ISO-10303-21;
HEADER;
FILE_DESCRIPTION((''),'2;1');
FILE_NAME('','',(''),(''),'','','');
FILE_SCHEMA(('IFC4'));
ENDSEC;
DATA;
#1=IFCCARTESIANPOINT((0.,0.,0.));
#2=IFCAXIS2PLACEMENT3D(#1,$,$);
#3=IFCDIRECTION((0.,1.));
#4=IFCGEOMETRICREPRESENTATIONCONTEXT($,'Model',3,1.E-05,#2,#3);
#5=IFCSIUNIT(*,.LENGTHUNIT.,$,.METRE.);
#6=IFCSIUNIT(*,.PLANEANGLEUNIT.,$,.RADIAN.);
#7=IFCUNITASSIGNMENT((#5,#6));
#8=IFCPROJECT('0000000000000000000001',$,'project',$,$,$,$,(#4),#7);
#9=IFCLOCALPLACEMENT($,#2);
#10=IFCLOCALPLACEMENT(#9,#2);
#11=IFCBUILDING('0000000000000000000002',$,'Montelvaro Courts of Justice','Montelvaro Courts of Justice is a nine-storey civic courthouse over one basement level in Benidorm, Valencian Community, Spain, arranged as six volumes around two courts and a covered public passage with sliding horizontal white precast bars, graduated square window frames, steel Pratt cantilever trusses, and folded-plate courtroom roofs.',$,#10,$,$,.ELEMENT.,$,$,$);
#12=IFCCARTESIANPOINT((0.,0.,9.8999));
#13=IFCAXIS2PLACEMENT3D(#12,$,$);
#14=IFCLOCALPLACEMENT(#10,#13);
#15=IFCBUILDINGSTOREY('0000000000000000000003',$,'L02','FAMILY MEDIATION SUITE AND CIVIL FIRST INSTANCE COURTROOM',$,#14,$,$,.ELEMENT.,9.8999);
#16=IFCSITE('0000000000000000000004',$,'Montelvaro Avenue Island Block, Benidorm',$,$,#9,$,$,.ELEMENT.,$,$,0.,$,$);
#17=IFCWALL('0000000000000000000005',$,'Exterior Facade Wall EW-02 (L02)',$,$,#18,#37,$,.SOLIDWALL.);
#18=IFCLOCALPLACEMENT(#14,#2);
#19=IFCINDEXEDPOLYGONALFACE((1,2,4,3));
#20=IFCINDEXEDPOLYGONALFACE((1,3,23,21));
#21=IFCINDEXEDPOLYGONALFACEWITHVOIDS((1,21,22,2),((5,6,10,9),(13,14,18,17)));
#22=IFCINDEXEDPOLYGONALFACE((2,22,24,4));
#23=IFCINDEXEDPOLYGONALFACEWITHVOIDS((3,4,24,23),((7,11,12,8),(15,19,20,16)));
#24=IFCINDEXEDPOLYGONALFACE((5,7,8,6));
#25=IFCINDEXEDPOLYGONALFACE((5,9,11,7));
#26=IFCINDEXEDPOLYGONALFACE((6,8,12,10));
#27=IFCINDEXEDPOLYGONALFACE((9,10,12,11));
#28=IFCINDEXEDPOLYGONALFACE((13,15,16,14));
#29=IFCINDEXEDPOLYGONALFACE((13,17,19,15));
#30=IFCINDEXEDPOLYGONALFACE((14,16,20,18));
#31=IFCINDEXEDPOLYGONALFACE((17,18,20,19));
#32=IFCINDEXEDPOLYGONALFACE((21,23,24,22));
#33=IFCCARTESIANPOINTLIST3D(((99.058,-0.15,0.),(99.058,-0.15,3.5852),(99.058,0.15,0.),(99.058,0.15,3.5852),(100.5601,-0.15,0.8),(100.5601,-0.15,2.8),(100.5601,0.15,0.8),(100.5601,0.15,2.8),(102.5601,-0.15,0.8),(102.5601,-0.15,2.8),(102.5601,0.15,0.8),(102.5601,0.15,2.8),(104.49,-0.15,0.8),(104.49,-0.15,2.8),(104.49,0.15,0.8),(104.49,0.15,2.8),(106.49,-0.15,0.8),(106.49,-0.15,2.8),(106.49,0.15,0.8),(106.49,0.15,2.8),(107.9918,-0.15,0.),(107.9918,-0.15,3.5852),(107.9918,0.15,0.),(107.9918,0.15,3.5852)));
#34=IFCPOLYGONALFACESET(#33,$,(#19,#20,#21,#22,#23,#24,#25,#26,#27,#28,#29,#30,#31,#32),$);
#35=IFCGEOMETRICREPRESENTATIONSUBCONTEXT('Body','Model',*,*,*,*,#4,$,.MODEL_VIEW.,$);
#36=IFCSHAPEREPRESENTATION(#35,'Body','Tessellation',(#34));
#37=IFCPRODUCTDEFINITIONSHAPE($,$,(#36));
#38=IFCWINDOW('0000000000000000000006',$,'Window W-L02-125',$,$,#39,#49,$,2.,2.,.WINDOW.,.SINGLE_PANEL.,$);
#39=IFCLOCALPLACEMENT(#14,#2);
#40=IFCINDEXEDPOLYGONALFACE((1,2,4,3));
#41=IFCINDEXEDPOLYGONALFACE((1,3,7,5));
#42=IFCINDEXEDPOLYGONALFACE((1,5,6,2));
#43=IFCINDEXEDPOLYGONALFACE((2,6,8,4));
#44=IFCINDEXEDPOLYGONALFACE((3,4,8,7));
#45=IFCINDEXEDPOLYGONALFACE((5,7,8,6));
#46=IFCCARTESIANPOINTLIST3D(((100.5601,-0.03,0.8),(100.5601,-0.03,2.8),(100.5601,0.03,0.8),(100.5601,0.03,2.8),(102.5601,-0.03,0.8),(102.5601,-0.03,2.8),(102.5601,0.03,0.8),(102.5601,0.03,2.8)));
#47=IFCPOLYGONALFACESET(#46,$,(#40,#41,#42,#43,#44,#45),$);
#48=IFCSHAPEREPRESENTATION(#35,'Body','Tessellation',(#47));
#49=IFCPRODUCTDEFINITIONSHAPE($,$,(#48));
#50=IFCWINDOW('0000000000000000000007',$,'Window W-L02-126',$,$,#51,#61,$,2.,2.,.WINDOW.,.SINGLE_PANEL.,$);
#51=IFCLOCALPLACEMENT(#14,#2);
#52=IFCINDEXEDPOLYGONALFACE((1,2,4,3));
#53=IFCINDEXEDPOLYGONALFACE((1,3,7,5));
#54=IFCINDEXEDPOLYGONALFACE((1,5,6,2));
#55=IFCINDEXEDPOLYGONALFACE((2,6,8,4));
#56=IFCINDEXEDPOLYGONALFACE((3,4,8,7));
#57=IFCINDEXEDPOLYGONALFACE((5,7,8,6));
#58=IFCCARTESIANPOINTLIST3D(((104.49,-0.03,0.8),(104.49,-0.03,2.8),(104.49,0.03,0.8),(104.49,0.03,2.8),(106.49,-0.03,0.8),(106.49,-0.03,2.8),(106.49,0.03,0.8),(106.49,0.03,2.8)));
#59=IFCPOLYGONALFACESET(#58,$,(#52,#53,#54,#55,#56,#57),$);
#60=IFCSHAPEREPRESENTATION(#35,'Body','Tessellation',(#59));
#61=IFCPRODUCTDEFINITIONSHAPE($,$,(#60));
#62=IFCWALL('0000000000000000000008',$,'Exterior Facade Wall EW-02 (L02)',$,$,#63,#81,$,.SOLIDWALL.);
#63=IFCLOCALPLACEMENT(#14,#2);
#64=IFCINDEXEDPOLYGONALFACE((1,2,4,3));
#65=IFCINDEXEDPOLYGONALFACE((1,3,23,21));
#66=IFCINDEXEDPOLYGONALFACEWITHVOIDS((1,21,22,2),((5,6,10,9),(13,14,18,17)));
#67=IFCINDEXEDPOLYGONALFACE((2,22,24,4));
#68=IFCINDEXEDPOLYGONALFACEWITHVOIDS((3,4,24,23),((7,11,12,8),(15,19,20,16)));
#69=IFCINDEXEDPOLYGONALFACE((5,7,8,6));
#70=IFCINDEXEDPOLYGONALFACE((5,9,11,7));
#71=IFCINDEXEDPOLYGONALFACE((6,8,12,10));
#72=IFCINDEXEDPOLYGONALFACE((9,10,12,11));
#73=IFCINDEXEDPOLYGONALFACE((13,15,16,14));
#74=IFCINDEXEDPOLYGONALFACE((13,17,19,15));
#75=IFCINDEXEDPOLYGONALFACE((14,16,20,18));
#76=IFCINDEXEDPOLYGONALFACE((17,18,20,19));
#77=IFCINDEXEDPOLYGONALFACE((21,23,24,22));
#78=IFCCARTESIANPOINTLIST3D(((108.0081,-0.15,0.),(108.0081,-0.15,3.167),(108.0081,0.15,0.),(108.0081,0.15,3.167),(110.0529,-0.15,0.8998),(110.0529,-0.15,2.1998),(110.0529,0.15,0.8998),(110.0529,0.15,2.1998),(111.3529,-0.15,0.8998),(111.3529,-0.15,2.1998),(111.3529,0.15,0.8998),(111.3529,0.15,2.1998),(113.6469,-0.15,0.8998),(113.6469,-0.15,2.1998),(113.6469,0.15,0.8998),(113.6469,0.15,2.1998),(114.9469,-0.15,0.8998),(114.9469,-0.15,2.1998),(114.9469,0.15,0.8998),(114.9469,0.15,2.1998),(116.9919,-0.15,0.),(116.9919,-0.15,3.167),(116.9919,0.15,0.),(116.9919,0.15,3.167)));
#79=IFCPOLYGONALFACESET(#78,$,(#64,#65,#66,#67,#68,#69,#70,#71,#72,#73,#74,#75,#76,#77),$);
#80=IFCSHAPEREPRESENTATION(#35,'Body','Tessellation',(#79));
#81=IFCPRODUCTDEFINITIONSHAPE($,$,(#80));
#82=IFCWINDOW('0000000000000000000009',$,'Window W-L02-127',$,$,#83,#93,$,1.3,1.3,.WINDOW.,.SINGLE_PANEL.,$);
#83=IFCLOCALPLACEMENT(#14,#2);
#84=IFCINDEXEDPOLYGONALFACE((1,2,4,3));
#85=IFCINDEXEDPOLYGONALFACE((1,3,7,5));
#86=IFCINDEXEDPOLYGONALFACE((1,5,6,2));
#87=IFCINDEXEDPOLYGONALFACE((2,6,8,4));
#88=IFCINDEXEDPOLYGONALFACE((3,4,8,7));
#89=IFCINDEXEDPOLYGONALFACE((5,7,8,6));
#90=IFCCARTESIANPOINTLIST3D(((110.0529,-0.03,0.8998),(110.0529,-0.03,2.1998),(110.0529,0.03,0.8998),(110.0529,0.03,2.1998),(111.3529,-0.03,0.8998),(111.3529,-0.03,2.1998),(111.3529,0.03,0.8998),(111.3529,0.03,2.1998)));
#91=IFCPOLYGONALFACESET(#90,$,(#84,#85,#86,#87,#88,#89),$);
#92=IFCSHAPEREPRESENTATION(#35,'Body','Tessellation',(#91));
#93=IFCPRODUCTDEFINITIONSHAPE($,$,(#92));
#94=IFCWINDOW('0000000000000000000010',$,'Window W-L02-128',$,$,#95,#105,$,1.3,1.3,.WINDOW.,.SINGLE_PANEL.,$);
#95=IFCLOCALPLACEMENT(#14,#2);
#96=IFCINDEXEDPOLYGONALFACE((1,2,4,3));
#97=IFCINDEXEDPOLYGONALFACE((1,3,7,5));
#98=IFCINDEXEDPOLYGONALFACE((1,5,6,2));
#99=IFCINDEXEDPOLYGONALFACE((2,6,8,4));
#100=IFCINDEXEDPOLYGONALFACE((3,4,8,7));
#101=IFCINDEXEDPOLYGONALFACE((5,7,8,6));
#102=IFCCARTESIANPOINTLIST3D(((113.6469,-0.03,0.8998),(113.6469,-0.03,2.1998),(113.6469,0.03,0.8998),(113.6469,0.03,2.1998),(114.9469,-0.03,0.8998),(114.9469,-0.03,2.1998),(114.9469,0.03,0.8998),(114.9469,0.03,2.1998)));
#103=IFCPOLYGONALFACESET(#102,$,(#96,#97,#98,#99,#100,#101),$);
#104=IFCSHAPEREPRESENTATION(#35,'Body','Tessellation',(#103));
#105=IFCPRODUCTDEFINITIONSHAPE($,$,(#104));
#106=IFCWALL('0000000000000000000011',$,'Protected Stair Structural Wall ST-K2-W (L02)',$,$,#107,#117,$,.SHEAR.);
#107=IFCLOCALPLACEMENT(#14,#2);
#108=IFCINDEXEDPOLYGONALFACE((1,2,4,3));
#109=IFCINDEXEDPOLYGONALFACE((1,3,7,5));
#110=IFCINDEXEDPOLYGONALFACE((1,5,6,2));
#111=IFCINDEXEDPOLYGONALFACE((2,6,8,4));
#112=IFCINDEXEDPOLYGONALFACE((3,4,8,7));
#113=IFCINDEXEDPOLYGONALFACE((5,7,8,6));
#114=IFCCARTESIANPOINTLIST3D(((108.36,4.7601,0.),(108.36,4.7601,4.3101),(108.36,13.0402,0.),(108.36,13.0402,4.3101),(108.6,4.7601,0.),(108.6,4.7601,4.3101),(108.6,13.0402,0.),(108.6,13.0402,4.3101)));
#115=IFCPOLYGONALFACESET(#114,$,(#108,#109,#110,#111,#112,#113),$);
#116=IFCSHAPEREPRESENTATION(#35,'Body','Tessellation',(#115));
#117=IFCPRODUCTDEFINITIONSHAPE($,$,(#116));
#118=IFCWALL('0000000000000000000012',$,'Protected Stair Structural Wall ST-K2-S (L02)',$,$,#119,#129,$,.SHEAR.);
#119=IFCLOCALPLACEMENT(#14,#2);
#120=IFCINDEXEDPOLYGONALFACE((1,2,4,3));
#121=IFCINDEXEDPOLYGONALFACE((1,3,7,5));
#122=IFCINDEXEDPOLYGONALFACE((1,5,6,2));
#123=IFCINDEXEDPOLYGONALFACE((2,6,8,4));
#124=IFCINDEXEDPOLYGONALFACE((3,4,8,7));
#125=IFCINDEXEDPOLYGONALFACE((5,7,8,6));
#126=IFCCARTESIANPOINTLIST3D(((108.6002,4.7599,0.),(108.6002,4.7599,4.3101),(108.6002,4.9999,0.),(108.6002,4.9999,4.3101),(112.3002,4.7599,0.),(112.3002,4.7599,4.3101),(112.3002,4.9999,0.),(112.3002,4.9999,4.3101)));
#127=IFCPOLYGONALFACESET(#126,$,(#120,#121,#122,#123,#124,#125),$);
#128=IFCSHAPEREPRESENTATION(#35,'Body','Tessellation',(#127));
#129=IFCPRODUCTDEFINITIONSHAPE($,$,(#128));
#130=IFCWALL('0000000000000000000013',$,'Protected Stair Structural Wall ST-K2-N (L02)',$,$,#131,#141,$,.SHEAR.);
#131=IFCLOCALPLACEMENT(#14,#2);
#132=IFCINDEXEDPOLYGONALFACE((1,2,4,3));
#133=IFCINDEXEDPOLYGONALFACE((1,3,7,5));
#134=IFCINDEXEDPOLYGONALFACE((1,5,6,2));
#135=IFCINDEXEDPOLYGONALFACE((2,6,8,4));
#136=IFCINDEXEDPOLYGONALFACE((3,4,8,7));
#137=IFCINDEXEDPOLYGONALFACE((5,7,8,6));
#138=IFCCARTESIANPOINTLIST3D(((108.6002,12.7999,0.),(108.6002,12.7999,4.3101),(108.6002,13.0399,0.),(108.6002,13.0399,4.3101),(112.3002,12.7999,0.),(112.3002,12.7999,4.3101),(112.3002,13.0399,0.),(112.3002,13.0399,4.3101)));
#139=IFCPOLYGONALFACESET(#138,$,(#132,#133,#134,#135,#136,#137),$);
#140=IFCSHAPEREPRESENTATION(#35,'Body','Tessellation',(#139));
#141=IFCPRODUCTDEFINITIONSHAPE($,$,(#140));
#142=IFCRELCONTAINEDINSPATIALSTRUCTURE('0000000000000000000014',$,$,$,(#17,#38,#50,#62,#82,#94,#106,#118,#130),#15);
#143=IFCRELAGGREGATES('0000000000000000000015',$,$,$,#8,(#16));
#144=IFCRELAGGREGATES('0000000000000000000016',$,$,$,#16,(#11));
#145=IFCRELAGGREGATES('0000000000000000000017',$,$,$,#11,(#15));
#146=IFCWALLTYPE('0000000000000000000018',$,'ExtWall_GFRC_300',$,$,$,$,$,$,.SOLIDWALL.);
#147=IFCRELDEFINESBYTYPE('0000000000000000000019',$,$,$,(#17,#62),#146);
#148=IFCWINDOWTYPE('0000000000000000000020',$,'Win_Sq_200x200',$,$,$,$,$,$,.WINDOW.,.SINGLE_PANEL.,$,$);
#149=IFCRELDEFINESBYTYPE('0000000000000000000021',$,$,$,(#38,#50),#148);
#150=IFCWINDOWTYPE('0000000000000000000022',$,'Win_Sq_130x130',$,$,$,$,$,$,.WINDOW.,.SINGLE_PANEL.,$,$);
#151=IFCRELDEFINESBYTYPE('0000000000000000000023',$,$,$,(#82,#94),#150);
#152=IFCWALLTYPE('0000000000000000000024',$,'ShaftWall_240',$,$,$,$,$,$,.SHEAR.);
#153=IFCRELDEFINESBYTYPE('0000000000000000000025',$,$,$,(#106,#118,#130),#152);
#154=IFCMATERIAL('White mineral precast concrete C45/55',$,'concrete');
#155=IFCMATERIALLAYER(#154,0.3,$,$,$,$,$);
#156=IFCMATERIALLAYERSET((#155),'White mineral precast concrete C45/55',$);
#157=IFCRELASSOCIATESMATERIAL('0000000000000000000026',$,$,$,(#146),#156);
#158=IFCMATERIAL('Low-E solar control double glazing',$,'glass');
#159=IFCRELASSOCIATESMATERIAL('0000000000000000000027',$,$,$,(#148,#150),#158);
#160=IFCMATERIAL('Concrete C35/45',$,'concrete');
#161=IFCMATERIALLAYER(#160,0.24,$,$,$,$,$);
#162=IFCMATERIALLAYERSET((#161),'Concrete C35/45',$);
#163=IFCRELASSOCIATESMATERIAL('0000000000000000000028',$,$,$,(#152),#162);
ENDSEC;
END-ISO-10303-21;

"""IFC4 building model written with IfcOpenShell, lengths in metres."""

from ifc_helpers import new_model, si_unit, direction, frame, frame_2d, origin, place, context, subcontext, project, spatial, rectangle, extrude, material, layer, layer_set, type_object, element, fill, save


model = new_model("IFC4")

# Units and contexts
model_context = context("Model", 3, precision=1e-05, world=origin(), true_north=direction((0.0, 1.0)))
body_context = subcontext(model_context, "Body", "Model", "MODEL_VIEW")
ifc_project = project(units=[si_unit("LENGTHUNIT", "METRE"), si_unit("PLANEANGLEUNIT", "RADIAN")], contexts=[model_context])

# Site, building, storey
site_placement = place(None, origin())
site = spatial("IfcSite", under=ifc_project, at=site_placement, Name="Montelvaro Avenue Island Block, Benidorm", CompositionType="ELEMENT", RefElevation=0.0)
building_placement = place(site_placement, origin())
building = spatial("IfcBuilding", under=site, at=building_placement, Name="Montelvaro Courts of Justice", Description="Montelvaro Courts of Justice is a nine-storey civic courthouse over one basement level in Benidorm, Valencian Community, Spain, arranged as six volumes around two courts and a covered public passage with sliding horizontal white precast bars, graduated square window frames, steel Pratt cantilever trusses, and folded-plate courtroom roofs.", CompositionType="ELEMENT")
storey_placement = place(building_placement, frame((0.0, 0.0, 9.8999)))
storey = spatial("IfcBuildingStorey", under=building, at=storey_placement, Name="L02", Description="FAMILY MEDIATION SUITE AND CIVIL FIRST INSTANCE COURTROOM", CompositionType="ELEMENT", Elevation=9.8999)

# Shared definitions
ifc_material_1 = material(Name="White mineral precast concrete C45/55", Category="concrete")

# Walls, openings, windows
ifc_layer_1 = layer(ifc_material_1, 0.3)
ifc_layer_set_1 = layer_set([ifc_layer_1], Name="White mineral precast concrete C45/55")
wall_type_1 = type_object("IfcWallType", Name="ExtWall_GFRC_300", PredefinedType="SOLIDWALL", material=ifc_layer_set_1)
wall_1_placement = place(storey_placement, frame((99.0581, 0.0, 0.0), z_axis=(0.0, 0.0, 1.0), x_axis=(1.0, 0.0, 0.0)))
wall_1 = element("IfcWall", 1, at=wall_1_placement, inside=storey, type_object=wall_type_1, Name="Exterior Facade Wall EW-02 (L02)", PredefinedType="SOLIDWALL", context=body_context, shape_type="SweptSolid", body=[
    extrude(rectangle(XDim=8.9338, YDim=0.3, at=frame_2d((4.4668, 0.0))), origin(), (0.0, 0.0, 1.0), 3.5852),
])
opening_1_placement = place(wall_1_placement, frame((1.502, 0.0, 0.8)))
opening_1 = element("IfcOpeningElement", 2, at=opening_1_placement, cuts=wall_1, PredefinedType="OPENING", context=body_context, shape_type="SweptSolid", body=[
    extrude(rectangle(XDim=2.0, YDim=2.0, at=frame_2d((1.0, 1.0))), frame((0.0, 0.165, 0.0), z_axis=(0.0, -1.0, 0.0), x_axis=(1.0, 0.0, 0.0)), (0.0, 0.0, 1.0), 0.3298),
])
opening_2_placement = place(wall_1_placement, frame((5.4319, 0.0, 0.8)))
opening_2 = element("IfcOpeningElement", 3, at=opening_2_placement, cuts=wall_1, PredefinedType="OPENING", context=body_context, shape_type="SweptSolid", body=[
    extrude(rectangle(XDim=2.0, YDim=2.0, at=frame_2d((1.0, 1.0))), frame((0.0, 0.165, 0.0), z_axis=(0.0, -1.0, 0.0), x_axis=(1.0, 0.0, 0.0)), (0.0, 0.0, 1.0), 0.3298),
])
ifc_material_2 = material(Name="Low-E solar control double glazing", Category="glass")
window_type_1 = type_object("IfcWindowType", Name="Win_Sq_200x200", PartitioningType="SINGLE_PANEL", PredefinedType="WINDOW", material=ifc_material_2)
window_1_placement = place(opening_1_placement, origin())
window_1 = element("IfcWindow", 4, at=window_1_placement, inside=storey, type_object=window_type_1, Name="Window W-L02-125", OverallHeight=2.0, OverallWidth=2.0, PartitioningType="SINGLE_PANEL", PredefinedType="WINDOW", context=body_context, shape_type="SweptSolid", body=[
    extrude(rectangle(XDim=2.0, YDim=2.0, at=frame_2d((1.0, 1.0))), frame((0.0, 0.03, 0.0), z_axis=(0.0, -1.0, 0.0), x_axis=(1.0, 0.0, 0.0)), (0.0, 0.0, 1.0), 0.0601),
])
fill(opening_1, window_1)
window_2_placement = place(opening_2_placement, origin())
window_2 = element("IfcWindow", 5, at=window_2_placement, inside=storey, type_object=window_type_1, Name="Window W-L02-126", OverallHeight=2.0, OverallWidth=2.0, PartitioningType="SINGLE_PANEL", PredefinedType="WINDOW", context=body_context, shape_type="SweptSolid", body=[
    extrude(rectangle(XDim=2.0, YDim=2.0, at=frame_2d((1.0, 1.0))), frame((0.0, 0.03, 0.0), z_axis=(0.0, -1.0, 0.0), x_axis=(1.0, 0.0, 0.0)), (0.0, 0.0, 1.0), 0.0601),
])
fill(opening_2, window_2)
wall_2_placement = place(storey_placement, frame((108.0081, 0.0, 0.0), z_axis=(0.0, 0.0, 1.0), x_axis=(1.0, 0.0, 0.0)))
wall_2 = element("IfcWall", 6, at=wall_2_placement, inside=storey, type_object=wall_type_1, Name="Exterior Facade Wall EW-02 (L02)", PredefinedType="SOLIDWALL", context=body_context, shape_type="SweptSolid", body=[
    extrude(rectangle(XDim=8.9839, YDim=0.3, at=frame_2d((4.4919, 0.0))), origin(), (0.0, 0.0, 1.0), 3.167),
])
opening_3_placement = place(wall_2_placement, frame((2.0449, 0.0, 0.8999)))
opening_3 = element("IfcOpeningElement", 7, at=opening_3_placement, cuts=wall_2, PredefinedType="OPENING", context=body_context, shape_type="SweptSolid", body=[
    extrude(rectangle(XDim=1.3, YDim=1.3, at=frame_2d((0.6499, 0.6499))), frame((0.0, 0.165, 0.0), z_axis=(0.0, -1.0, 0.0), x_axis=(1.0, 0.0, 0.0)), (0.0, 0.0, 1.0), 0.3298),
])
opening_4_placement = place(wall_2_placement, frame((5.6389, 0.0, 0.8999)))
opening_4 = element("IfcOpeningElement", 8, at=opening_4_placement, cuts=wall_2, PredefinedType="OPENING", context=body_context, shape_type="SweptSolid", body=[
    extrude(rectangle(XDim=1.3, YDim=1.3, at=frame_2d((0.6499, 0.6499))), frame((0.0, 0.165, 0.0), z_axis=(0.0, -1.0, 0.0), x_axis=(1.0, 0.0, 0.0)), (0.0, 0.0, 1.0), 0.3298),
])
window_type_2 = type_object("IfcWindowType", Name="Win_Sq_130x130", PartitioningType="SINGLE_PANEL", PredefinedType="WINDOW", material=ifc_material_2)
window_3_placement = place(opening_3_placement, origin())
window_3 = element("IfcWindow", 9, at=window_3_placement, inside=storey, type_object=window_type_2, Name="Window W-L02-127", OverallHeight=1.3, OverallWidth=1.3, PartitioningType="SINGLE_PANEL", PredefinedType="WINDOW", context=body_context, shape_type="SweptSolid", body=[
    extrude(rectangle(XDim=1.3, YDim=1.3, at=frame_2d((0.6499, 0.6499))), frame((0.0, 0.03, 0.0), z_axis=(0.0, -1.0, 0.0), x_axis=(1.0, 0.0, 0.0)), (0.0, 0.0, 1.0), 0.0601),
])
fill(opening_3, window_3)
window_4_placement = place(opening_4_placement, origin())
window_4 = element("IfcWindow", 10, at=window_4_placement, inside=storey, type_object=window_type_2, Name="Window W-L02-128", OverallHeight=1.3, OverallWidth=1.3, PartitioningType="SINGLE_PANEL", PredefinedType="WINDOW", context=body_context, shape_type="SweptSolid", body=[
    extrude(rectangle(XDim=1.3, YDim=1.3, at=frame_2d((0.6499, 0.6499))), frame((0.0, 0.03, 0.0), z_axis=(0.0, -1.0, 0.0), x_axis=(1.0, 0.0, 0.0)), (0.0, 0.0, 1.0), 0.0601),
])
fill(opening_4, window_4)

# Walls
ifc_material_3 = material(Name="Concrete C35/45", Category="concrete")
ifc_layer_2 = layer(ifc_material_3, 0.24)
ifc_layer_set_2 = layer_set([ifc_layer_2], Name="Concrete C35/45")
wall_type_2 = type_object("IfcWallType", Name="ShaftWall_240", PredefinedType="SHEAR", material=ifc_layer_set_2)
wall_3_placement = place(storey_placement, frame((108.48, 4.76, 0.0), z_axis=(0.0, 0.0, 1.0), x_axis=(0.0, 1.0, 0.0)))
element("IfcWall", 11, at=wall_3_placement, inside=storey, type_object=wall_type_2, Name="Protected Stair Structural Wall ST-K2-W (L02)", PredefinedType="SHEAR", context=body_context, shape_type="SweptSolid", body=[
    extrude(rectangle(XDim=8.28, YDim=0.24, at=frame_2d((4.1401, 0.0))), origin(), (0.0, 0.0, 1.0), 4.3101),
])
for number, where, z_axis, x_axis, name in (
    (12, (108.6001, 4.8799, 0.0), (0.0, 0.0, 1.0), (1.0, 0.0, 0.0), "Protected Stair Structural Wall ST-K2-S (L02)"),
    (13, (108.6001, 12.9199, 0.0), (0.0, 0.0, 1.0), (1.0, 0.0, 0.0), "Protected Stair Structural Wall ST-K2-N (L02)"),
):
    element("IfcWall", number, at=place(storey_placement, frame(where, z_axis=z_axis, x_axis=x_axis)), inside=storey, type_object=wall_type_2, Name=name, PredefinedType="SHEAR", context=body_context, shape_type="SweptSolid", body=[
        extrude(rectangle(XDim=3.7, YDim=0.24, at=frame_2d((1.8501, 0.0))), origin(), (0.0, 0.0, 1.0), 4.3101),
    ])

save(model, "model.ifc")
